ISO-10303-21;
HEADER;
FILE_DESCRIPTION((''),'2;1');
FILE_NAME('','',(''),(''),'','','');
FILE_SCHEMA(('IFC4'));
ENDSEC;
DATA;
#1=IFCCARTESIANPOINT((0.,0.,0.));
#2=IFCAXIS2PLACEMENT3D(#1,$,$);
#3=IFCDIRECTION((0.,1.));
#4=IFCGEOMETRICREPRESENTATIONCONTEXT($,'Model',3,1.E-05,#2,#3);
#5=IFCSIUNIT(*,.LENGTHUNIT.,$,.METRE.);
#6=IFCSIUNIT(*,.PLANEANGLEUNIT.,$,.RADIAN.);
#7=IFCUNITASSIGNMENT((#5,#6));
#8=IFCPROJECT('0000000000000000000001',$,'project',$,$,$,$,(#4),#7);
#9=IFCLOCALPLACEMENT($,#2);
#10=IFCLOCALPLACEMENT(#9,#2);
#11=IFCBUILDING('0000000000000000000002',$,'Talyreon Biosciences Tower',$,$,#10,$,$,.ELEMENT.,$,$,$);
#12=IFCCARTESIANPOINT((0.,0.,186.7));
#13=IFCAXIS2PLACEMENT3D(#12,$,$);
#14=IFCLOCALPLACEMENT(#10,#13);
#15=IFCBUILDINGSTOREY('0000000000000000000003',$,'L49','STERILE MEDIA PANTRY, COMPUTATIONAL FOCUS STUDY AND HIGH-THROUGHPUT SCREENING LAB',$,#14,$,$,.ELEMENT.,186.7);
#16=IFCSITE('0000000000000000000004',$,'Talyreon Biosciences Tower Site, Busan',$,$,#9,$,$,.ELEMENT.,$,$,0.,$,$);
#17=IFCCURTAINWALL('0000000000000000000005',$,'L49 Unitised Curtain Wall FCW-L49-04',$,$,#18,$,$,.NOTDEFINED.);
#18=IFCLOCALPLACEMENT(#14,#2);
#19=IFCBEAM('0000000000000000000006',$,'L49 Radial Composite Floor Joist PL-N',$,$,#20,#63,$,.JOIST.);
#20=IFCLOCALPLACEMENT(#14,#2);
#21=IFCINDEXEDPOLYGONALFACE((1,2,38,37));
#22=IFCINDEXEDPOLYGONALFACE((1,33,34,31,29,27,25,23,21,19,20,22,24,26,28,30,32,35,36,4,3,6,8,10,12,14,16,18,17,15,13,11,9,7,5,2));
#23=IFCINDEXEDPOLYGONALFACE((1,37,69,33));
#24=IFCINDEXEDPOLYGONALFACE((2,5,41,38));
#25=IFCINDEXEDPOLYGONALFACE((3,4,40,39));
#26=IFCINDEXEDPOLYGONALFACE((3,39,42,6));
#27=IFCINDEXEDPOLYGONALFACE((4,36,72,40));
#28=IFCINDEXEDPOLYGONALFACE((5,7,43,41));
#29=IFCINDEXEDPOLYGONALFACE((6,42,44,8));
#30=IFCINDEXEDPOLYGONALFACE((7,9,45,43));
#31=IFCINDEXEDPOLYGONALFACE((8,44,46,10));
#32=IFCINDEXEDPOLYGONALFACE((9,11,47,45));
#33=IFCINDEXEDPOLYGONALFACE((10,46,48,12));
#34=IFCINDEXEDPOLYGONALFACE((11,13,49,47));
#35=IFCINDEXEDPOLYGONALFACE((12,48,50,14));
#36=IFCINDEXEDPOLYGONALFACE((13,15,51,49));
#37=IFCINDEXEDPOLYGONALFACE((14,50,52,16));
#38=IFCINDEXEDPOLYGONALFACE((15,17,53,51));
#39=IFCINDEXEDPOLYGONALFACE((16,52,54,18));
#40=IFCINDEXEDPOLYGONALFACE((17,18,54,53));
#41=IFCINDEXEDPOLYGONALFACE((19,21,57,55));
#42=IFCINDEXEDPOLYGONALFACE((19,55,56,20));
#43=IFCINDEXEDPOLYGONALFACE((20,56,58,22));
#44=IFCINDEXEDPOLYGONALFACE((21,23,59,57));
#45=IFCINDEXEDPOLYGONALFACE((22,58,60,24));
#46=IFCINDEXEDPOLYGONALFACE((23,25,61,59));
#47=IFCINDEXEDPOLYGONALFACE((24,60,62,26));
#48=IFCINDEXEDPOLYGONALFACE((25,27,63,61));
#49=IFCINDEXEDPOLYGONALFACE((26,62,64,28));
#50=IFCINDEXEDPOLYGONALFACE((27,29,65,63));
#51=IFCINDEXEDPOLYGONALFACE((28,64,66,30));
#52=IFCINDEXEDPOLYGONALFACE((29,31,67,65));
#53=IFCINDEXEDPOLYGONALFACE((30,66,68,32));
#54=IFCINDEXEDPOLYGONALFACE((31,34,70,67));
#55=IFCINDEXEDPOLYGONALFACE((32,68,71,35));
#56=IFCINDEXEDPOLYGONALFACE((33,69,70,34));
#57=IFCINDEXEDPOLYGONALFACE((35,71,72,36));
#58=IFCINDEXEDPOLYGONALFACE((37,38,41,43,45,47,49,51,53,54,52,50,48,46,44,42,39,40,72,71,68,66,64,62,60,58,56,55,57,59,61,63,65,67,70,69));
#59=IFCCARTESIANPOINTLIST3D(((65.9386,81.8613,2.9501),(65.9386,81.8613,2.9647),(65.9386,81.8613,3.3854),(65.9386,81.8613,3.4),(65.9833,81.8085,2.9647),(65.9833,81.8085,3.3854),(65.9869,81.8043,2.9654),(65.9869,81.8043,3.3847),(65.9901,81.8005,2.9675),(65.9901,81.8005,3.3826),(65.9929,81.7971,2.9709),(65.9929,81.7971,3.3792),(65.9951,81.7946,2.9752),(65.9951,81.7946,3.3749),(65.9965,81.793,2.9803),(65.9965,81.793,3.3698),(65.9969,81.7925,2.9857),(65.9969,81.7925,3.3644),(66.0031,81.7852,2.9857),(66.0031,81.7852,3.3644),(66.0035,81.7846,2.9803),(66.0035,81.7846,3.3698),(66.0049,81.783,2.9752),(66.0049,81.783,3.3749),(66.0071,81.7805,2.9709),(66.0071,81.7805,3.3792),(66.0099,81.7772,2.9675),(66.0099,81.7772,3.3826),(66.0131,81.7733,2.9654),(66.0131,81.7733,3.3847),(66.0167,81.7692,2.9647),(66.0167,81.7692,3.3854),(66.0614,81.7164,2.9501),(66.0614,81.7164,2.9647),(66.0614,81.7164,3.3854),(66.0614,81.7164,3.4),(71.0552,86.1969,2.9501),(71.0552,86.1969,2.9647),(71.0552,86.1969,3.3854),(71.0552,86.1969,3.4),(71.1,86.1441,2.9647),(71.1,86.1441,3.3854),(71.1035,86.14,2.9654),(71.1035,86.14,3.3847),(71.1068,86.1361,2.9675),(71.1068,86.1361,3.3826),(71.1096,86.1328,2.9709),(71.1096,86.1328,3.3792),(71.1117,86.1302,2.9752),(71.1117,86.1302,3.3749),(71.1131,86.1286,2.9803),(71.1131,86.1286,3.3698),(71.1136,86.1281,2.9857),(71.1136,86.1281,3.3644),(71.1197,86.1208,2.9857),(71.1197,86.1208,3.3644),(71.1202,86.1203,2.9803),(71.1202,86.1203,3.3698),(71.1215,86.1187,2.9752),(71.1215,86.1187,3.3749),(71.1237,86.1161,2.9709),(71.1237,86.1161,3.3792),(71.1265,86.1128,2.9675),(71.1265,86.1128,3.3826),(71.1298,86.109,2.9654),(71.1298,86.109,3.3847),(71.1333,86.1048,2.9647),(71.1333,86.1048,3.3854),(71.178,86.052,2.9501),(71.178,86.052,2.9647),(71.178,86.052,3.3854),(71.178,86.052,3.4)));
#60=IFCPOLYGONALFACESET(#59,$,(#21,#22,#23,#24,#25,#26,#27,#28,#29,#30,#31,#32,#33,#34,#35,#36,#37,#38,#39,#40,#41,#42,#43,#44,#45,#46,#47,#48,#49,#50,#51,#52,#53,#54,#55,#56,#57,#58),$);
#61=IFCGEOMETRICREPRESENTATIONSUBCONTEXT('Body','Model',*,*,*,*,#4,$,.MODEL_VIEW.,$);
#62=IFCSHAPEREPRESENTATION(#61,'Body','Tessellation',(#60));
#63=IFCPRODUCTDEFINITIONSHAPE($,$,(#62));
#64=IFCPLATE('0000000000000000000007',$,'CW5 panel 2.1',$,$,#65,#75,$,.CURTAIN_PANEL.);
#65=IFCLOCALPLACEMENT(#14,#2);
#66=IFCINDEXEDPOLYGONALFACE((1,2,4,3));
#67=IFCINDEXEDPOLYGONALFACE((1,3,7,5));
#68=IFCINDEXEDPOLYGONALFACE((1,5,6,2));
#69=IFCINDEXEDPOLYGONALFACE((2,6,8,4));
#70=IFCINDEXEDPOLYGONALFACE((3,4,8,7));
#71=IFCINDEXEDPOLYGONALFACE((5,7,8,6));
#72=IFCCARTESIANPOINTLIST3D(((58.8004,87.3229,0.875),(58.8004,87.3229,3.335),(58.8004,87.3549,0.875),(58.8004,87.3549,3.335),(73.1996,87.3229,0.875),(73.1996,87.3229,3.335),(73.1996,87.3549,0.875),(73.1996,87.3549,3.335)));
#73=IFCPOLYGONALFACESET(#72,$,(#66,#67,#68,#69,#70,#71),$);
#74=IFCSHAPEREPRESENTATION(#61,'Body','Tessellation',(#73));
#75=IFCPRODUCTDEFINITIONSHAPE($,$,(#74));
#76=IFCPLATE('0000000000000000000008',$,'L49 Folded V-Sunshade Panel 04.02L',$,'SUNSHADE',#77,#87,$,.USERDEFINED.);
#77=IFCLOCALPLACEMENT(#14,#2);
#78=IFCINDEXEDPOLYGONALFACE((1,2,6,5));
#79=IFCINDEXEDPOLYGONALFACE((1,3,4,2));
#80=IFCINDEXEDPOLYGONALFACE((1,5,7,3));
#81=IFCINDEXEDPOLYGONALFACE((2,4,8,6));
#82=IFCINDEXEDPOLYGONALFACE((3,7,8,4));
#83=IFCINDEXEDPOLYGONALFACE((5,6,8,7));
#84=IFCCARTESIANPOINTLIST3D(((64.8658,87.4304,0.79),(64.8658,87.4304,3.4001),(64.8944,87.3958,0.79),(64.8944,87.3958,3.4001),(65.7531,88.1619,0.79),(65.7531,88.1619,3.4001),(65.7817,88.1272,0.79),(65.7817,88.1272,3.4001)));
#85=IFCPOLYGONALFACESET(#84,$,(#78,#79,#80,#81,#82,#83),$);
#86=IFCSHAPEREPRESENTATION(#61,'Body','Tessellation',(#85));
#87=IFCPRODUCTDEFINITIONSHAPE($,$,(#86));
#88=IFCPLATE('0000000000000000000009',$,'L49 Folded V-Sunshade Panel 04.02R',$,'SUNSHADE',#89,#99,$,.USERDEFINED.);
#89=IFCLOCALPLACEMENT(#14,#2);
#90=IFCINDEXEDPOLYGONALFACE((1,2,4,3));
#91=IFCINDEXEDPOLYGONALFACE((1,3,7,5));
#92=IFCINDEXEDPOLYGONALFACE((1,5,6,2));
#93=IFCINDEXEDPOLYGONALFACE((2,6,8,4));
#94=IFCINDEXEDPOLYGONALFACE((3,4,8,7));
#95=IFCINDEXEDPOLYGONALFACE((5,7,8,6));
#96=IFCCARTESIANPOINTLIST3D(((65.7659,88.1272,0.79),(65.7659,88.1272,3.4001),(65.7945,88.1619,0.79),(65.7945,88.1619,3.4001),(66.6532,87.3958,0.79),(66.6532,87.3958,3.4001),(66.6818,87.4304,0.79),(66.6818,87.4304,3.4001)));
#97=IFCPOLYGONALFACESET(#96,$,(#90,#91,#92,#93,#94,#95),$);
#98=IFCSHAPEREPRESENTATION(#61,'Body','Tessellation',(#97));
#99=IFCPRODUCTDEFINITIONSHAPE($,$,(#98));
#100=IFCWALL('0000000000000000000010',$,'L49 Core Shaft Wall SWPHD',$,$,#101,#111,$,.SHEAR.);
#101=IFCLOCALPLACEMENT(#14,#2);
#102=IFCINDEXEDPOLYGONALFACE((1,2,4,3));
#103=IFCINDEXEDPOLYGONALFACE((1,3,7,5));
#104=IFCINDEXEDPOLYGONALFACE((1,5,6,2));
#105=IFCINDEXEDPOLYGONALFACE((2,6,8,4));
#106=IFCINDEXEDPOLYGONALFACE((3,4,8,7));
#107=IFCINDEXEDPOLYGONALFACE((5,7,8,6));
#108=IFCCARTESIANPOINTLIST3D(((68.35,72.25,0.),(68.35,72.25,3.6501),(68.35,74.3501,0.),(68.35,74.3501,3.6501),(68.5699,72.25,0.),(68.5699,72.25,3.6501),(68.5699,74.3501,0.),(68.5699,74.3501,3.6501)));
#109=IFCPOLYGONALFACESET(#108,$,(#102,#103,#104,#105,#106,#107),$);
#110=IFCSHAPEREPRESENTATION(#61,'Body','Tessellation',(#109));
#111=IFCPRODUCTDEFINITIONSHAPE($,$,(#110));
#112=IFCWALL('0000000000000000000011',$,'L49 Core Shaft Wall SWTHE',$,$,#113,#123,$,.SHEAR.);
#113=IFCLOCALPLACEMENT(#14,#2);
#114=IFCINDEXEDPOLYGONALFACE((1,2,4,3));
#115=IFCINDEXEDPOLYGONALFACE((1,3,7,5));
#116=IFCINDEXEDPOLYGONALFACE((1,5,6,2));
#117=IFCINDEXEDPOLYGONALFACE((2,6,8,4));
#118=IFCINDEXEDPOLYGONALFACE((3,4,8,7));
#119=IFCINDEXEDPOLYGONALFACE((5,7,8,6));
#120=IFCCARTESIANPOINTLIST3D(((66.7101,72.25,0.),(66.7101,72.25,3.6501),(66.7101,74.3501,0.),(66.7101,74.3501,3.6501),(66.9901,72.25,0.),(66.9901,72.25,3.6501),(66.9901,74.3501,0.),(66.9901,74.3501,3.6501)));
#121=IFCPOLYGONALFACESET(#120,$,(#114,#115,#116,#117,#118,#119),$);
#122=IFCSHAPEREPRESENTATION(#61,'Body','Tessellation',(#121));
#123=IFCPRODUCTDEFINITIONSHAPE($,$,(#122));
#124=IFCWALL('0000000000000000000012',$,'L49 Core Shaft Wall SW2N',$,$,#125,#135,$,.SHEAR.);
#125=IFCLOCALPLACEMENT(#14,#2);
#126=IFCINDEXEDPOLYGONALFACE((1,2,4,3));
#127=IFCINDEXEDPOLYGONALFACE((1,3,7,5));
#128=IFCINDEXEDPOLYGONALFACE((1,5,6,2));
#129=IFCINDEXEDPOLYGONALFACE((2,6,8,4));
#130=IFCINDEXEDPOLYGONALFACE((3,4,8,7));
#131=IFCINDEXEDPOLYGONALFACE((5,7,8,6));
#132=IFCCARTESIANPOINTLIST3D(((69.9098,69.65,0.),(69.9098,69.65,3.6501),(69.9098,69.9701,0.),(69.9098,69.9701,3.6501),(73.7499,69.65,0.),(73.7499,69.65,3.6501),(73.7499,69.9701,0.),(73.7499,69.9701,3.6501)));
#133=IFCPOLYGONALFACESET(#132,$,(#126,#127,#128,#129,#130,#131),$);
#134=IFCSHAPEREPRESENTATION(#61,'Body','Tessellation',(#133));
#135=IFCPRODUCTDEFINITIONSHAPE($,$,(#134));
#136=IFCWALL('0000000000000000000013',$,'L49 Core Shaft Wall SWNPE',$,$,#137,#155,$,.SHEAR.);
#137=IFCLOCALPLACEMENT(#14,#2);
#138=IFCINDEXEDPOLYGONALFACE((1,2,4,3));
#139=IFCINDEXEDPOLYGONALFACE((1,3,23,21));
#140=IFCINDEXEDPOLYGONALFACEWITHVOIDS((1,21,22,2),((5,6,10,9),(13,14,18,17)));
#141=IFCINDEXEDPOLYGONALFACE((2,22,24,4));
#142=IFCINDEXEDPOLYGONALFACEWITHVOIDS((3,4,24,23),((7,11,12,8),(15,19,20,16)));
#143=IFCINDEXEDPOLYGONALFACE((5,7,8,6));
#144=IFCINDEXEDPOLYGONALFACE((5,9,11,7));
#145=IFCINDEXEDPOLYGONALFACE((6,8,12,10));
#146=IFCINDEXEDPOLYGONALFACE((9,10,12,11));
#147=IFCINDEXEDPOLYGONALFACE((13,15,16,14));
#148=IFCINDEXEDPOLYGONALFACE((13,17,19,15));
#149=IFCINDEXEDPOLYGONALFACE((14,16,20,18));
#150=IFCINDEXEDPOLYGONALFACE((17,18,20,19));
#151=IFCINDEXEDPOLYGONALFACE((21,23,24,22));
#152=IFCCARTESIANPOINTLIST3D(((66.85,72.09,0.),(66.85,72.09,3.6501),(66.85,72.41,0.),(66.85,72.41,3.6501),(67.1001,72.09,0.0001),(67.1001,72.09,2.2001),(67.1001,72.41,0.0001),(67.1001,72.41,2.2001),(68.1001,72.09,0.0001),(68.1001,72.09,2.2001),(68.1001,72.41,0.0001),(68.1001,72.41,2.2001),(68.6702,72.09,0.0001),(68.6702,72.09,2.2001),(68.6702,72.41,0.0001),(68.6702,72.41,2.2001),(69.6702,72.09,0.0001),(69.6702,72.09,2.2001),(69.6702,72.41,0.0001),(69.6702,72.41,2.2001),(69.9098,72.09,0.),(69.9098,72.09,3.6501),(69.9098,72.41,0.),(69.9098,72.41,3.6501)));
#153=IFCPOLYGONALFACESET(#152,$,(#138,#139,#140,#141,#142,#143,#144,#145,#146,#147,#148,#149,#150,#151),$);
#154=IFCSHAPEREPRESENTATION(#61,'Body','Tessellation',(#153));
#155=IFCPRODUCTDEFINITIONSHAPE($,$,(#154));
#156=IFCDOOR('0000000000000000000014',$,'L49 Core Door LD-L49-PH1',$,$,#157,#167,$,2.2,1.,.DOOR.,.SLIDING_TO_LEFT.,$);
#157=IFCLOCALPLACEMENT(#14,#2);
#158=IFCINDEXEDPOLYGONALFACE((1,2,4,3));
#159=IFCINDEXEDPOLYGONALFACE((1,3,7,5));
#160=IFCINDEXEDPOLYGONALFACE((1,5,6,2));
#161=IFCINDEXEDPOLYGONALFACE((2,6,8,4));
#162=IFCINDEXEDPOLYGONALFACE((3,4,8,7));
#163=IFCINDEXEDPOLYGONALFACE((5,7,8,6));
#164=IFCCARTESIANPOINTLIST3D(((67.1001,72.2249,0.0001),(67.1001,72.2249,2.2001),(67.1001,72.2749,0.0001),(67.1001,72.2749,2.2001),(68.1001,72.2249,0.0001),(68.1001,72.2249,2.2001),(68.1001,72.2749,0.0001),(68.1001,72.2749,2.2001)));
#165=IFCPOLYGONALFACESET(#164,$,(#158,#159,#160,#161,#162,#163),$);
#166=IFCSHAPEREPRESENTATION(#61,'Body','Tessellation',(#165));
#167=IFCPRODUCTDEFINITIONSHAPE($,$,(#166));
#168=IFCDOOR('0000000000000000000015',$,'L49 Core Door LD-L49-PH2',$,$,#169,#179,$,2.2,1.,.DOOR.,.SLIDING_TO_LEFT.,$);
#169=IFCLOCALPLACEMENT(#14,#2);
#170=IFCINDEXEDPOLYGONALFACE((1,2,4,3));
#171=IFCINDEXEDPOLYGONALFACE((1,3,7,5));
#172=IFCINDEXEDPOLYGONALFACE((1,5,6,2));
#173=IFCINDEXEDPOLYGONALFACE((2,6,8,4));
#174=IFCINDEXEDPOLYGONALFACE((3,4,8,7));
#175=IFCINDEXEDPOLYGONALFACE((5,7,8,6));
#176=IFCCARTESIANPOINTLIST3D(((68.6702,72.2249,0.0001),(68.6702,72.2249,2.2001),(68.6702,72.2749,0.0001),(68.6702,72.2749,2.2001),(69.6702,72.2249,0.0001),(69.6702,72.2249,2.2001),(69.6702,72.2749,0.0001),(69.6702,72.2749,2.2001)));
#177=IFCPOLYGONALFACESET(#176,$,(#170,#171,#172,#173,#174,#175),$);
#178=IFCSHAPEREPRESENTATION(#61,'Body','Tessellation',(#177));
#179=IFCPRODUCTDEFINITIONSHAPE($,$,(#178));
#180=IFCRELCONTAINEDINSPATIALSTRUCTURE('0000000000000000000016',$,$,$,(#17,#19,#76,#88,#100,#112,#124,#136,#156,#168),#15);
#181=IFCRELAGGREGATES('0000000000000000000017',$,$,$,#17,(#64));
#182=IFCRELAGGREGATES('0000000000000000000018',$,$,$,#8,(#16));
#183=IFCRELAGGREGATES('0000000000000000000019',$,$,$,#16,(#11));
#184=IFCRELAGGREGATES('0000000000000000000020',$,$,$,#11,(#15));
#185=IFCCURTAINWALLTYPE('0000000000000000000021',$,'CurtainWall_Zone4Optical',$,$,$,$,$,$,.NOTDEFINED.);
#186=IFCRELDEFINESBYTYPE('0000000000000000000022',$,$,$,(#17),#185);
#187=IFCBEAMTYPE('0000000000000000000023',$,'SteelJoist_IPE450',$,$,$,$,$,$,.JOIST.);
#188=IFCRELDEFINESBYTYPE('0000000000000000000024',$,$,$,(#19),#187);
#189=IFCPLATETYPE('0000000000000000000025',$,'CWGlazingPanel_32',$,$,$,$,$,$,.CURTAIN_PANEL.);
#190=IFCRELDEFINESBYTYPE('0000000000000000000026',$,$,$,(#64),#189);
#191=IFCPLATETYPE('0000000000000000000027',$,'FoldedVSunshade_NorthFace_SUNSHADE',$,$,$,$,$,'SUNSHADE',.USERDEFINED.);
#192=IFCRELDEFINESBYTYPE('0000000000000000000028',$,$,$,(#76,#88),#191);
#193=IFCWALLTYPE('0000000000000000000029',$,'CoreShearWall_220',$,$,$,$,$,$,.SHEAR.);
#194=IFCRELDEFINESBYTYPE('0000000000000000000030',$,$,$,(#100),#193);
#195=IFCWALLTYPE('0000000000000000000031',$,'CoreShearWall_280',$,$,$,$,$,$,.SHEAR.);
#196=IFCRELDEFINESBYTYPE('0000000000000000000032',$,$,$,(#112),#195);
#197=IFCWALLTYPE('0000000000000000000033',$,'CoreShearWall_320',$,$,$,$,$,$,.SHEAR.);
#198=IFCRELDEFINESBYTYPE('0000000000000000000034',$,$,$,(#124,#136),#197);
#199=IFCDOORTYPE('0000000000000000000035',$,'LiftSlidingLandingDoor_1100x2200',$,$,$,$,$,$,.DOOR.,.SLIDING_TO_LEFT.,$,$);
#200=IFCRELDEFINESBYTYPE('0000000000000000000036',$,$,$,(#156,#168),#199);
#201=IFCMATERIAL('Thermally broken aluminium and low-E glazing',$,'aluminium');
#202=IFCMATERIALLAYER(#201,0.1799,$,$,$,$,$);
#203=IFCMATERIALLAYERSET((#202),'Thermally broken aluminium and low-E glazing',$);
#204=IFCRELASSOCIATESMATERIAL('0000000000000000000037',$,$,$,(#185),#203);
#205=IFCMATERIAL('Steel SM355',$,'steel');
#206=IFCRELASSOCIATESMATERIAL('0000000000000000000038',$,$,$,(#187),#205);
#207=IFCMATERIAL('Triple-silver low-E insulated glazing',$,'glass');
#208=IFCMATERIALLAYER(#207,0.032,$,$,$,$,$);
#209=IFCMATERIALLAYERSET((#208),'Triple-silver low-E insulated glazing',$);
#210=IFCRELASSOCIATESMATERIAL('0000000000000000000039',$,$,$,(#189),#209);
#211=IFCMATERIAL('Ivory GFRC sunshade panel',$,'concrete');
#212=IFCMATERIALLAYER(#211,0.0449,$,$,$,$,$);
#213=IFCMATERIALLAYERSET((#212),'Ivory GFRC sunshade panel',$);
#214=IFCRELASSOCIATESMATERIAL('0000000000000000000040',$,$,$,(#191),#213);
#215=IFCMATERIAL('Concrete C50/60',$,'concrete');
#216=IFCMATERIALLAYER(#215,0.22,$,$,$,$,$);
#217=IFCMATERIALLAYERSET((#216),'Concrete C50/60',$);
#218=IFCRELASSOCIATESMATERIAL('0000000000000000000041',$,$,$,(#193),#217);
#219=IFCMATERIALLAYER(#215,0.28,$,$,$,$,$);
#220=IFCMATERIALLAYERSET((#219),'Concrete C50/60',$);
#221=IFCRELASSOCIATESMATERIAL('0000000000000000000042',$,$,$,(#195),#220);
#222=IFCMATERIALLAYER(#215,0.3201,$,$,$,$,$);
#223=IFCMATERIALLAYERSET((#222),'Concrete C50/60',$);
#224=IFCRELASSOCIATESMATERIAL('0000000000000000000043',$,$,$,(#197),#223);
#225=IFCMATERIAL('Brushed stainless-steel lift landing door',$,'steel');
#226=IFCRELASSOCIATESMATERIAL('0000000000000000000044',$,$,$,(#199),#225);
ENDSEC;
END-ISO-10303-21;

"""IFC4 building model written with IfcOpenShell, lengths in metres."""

from ifc_helpers import new_model, si_unit, direction, frame, frame_2d, origin, origin_2d, place, context, subcontext, project, spatial, rectangle, i_section, extrude, material, layer, layer_set, material_profile, profile_set, type_object, element, fill, aggregate, save


model = new_model("IFC4")

# Units and contexts
model_context = context("Model", 3, precision=1e-05, world=origin(), true_north=direction((0.0, 1.0)))
body_context = subcontext(model_context, "Body", "Model", "MODEL_VIEW")
ifc_project = project(units=[si_unit("LENGTHUNIT", "METRE"), si_unit("PLANEANGLEUNIT", "RADIAN")], contexts=[model_context])

# Site, building, storey
site_placement = place(None, origin())
site = spatial("IfcSite", under=ifc_project, at=site_placement, Name="Talyreon Biosciences Tower Site, Busan", CompositionType="ELEMENT", RefElevation=0.0)
building_placement = place(site_placement, origin())
building = spatial("IfcBuilding", under=site, at=building_placement, Name="Talyreon Biosciences Tower", CompositionType="ELEMENT")
storey_placement = place(building_placement, frame((0.0, 0.0, 186.7)))
storey = spatial("IfcBuildingStorey", under=building, at=storey_placement, Name="L49", Description="STERILE MEDIA PANTRY, COMPUTATIONAL FOCUS STUDY AND HIGH-THROUGHPUT SCREENING LAB", CompositionType="ELEMENT", Elevation=186.7)

# Shared definitions
ifc_material_1 = material(Name="Concrete C50/60", Category="concrete")

# Curtain wall
ifc_material_2 = material(Name="Thermally broken aluminium and low-E glazing", Category="aluminium")
ifc_layer_1 = layer(ifc_material_2, 0.1799)
ifc_layer_set_1 = layer_set([ifc_layer_1], Name="Thermally broken aluminium and low-E glazing")
curtain_wall_type = type_object("IfcCurtainWallType", Name="CurtainWall_Zone4Optical", PredefinedType="NOTDEFINED", material=ifc_layer_set_1)
curtain_wall_placement = place(storey_placement, origin())
curtain_wall = element("IfcCurtainWall", 1, at=curtain_wall_placement, inside=storey, type_object=curtain_wall_type, Name="L49 Unitised Curtain Wall FCW-L49-04", PredefinedType="NOTDEFINED")

# Beam
ifc_material_3 = material(Name="Steel SM355", Category="steel")
ifc_material_profile_1 = material_profile(ifc_material_3, i_section(OverallWidth=0.1899, OverallDepth=0.45, WebThickness=0.0095, FlangeThickness=0.0146, FilletRadius=0.021, at=origin_2d()), Name="IPE450")
ifc_profile_set_1 = profile_set([ifc_material_profile_1], Name="Steel SM355")
beam_type_1 = type_object("IfcBeamType", Name="SteelJoist_IPE450", PredefinedType="JOIST", material=ifc_profile_set_1)
beam_1_placement = place(storey_placement, frame((66.0, 81.7888, 3.175), z_axis=(0.762932, 0.646479, 0.0), x_axis=(-0.646479, 0.762932, 0.0)))
element("IfcBeam", 2, at=beam_1_placement, inside=storey, type_object=beam_type_1, Name="L49 Radial Composite Floor Joist PL-N", PredefinedType="JOIST", context=body_context, shape_type="SweptSolid", body=[
    extrude(i_section(OverallWidth=0.1899, OverallDepth=0.45, WebThickness=0.0095, FlangeThickness=0.0146, FilletRadius=0.021, at=origin_2d()), origin(), (0.0, 0.0, 1.0), 6.7065),
])

# Plate
ifc_material_4 = material(Name="Triple-silver low-E insulated glazing", Category="glass")
ifc_layer_2 = layer(ifc_material_4, 0.032)
ifc_layer_set_2 = layer_set([ifc_layer_2], Name="Triple-silver low-E insulated glazing")
plate_type_1 = type_object("IfcPlateType", Name="CWGlazingPanel_32", PredefinedType="CURTAIN_PANEL", material=ifc_layer_set_2)
plate_placement = place(storey_placement, frame((66.0, 87.3389, 0.875), z_axis=(0.0, 0.0, 1.0), x_axis=(1.0, 0.0, 0.0)))
plate = element("IfcPlate", 3, at=plate_placement, type_object=plate_type_1, Name="CW5 panel 2.1", PredefinedType="CURTAIN_PANEL", context=body_context, shape_type="SweptSolid", body=[
    extrude(rectangle(XDim=14.3992, YDim=0.032, at=origin_2d()), origin(), (0.0, 0.0, 1.0), 2.46),
])
aggregate(curtain_wall, [plate])

# Plates
ifc_material_5 = material(Name="Ivory GFRC sunshade panel", Category="concrete")
ifc_layer_3 = layer(ifc_material_5, 0.0449)
ifc_layer_set_3 = layer_set([ifc_layer_3], Name="Ivory GFRC sunshade panel")
plate_type_2 = type_object("IfcPlateType", Name="FoldedVSunshade_NorthFace_SUNSHADE", ElementType="SUNSHADE", PredefinedType="USERDEFINED", material=ifc_layer_set_3)
for number, where, z_axis, x_axis, name in (
    (4, (65.3237, 87.7788, 0.79), (0.0, 0.0, 1.0), (0.771625, 0.636078, 0.0), "L49 Folded V-Sunshade Panel 04.02L"),
    (5, (66.2239, 87.7788, 0.79), (0.0, 0.0, 1.0), (0.771625, -0.636078, 0.0), "L49 Folded V-Sunshade Panel 04.02R"),
):
    element("IfcPlate", number, at=place(storey_placement, frame(where, z_axis=z_axis, x_axis=x_axis)), inside=storey, type_object=plate_type_2, Name=name, ObjectType="SUNSHADE", PredefinedType="USERDEFINED", context=body_context, shape_type="SweptSolid", body=[
        extrude(rectangle(XDim=1.1499, YDim=0.0449, at=origin_2d()), origin(), (0.0, 0.0, 1.0), 2.6101),
    ])

# Walls
ifc_layer_4 = layer(ifc_material_1, 0.22)
ifc_layer_set_4 = layer_set([ifc_layer_4], Name="Concrete C50/60")
wall_type_1 = type_object("IfcWallType", Name="CoreShearWall_220", PredefinedType="SHEAR", material=ifc_layer_set_4)
wall_1_placement = place(storey_placement, frame((68.46, 72.25, 0.0), z_axis=(0.0, 0.0, 1.0), x_axis=(0.0, 1.0, 0.0)))
element("IfcWall", 6, at=wall_1_placement, inside=storey, type_object=wall_type_1, Name="L49 Core Shaft Wall SWPHD", PredefinedType="SHEAR", context=body_context, shape_type="SweptSolid", body=[
    extrude(rectangle(XDim=2.1001, YDim=0.22, at=frame_2d((1.05, 0.0))), origin(), (0.0, 0.0, 1.0), 3.6501),
])
ifc_layer_5 = layer(ifc_material_1, 0.28)
ifc_layer_set_5 = layer_set([ifc_layer_5], Name="Concrete C50/60")
wall_type_2 = type_object("IfcWallType", Name="CoreShearWall_280", PredefinedType="SHEAR", material=ifc_layer_set_5)
wall_2_placement = place(storey_placement, frame((66.8501, 72.25, 0.0), z_axis=(0.0, 0.0, 1.0), x_axis=(0.0, 1.0, 0.0)))
element("IfcWall", 7, at=wall_2_placement, inside=storey, type_object=wall_type_2, Name="L49 Core Shaft Wall SWTHE", PredefinedType="SHEAR", context=body_context, shape_type="SweptSolid", body=[
    extrude(rectangle(XDim=2.1001, YDim=0.28, at=frame_2d((1.05, 0.0))), origin(), (0.0, 0.0, 1.0), 3.6501),
])
ifc_layer_6 = layer(ifc_material_1, 0.3201)
ifc_layer_set_6 = layer_set([ifc_layer_6], Name="Concrete C50/60")
wall_type_3 = type_object("IfcWallType", Name="CoreShearWall_320", PredefinedType="SHEAR", material=ifc_layer_set_6)
wall_3_placement = place(storey_placement, frame((69.9099, 69.8101, 0.0), z_axis=(0.0, 0.0, 1.0), x_axis=(1.0, 0.0, 0.0)))
element("IfcWall", 8, at=wall_3_placement, inside=storey, type_object=wall_type_3, Name="L49 Core Shaft Wall SW2N", PredefinedType="SHEAR", context=body_context, shape_type="SweptSolid", body=[
    extrude(rectangle(XDim=3.8401, YDim=0.3201, at=frame_2d((1.9199, 0.0))), origin(), (0.0, 0.0, 1.0), 3.6501),
])

# Wall, openings, doors
wall_4_placement = place(storey_placement, frame((66.8501, 72.25, 0.0), z_axis=(0.0, 0.0, 1.0), x_axis=(1.0, 0.0, 0.0)))
wall_4 = element("IfcWall", 9, at=wall_4_placement, inside=storey, type_object=wall_type_3, Name="L49 Core Shaft Wall SWNPE", PredefinedType="SHEAR", context=body_context, shape_type="SweptSolid", body=[
    extrude(rectangle(XDim=3.0598, YDim=0.3201, at=frame_2d((1.5298, 0.0))), origin(), (0.0, 0.0, 1.0), 3.6501),
])
opening_1_placement = place(wall_4_placement, frame((0.25, 0.0, 0.0)))
opening_1 = element("IfcOpeningElement", 10, at=opening_1_placement, cuts=wall_4, PredefinedType="OPENING", context=body_context, shape_type="SweptSolid", body=[
    extrude(rectangle(XDim=1.0, YDim=2.2, at=frame_2d((0.5, 1.1001))), frame((0.0, 0.1699, 0.0), z_axis=(0.0, -1.0, 0.0), x_axis=(1.0, 0.0, 0.0)), (0.0, 0.0, 1.0), 0.3401),
])
opening_2_placement = place(wall_4_placement, frame((1.8201, 0.0, 0.0)))
opening_2 = element("IfcOpeningElement", 11, at=opening_2_placement, cuts=wall_4, PredefinedType="OPENING", context=body_context, shape_type="SweptSolid", body=[
    extrude(rectangle(XDim=1.0, YDim=2.2, at=frame_2d((0.5, 1.1001))), frame((0.0, 0.1699, 0.0), z_axis=(0.0, -1.0, 0.0), x_axis=(1.0, 0.0, 0.0)), (0.0, 0.0, 1.0), 0.3401),
])
ifc_material_6 = material(Name="Brushed stainless-steel lift landing door", Category="steel")
door_type = type_object("IfcDoorType", Name="LiftSlidingLandingDoor_1100x2200", OperationType="SLIDING_TO_LEFT", PredefinedType="DOOR", material=ifc_material_6)
door_1_placement = place(opening_1_placement, origin())
door_1 = element("IfcDoor", 12, at=door_1_placement, inside=storey, type_object=door_type, Name="L49 Core Door LD-L49-PH1", OperationType="SLIDING_TO_LEFT", OverallHeight=2.2, OverallWidth=1.0, PredefinedType="DOOR", context=body_context, shape_type="SweptSolid", body=[
    extrude(rectangle(XDim=1.0, YDim=2.2, at=frame_2d((0.5, 1.1001))), frame((0.0, 0.0249, 0.0), z_axis=(0.0, -1.0, 0.0), x_axis=(1.0, 0.0, 0.0)), (0.0, 0.0, 1.0), 0.05),
])
fill(opening_1, door_1)
door_2_placement = place(opening_2_placement, origin())
door_2 = element("IfcDoor", 13, at=door_2_placement, inside=storey, type_object=door_type, Name="L49 Core Door LD-L49-PH2", OperationType="SLIDING_TO_LEFT", OverallHeight=2.2, OverallWidth=1.0, PredefinedType="DOOR", context=body_context, shape_type="SweptSolid", body=[
    extrude(rectangle(XDim=1.0, YDim=2.2, at=frame_2d((0.5, 1.1001))), frame((0.0, 0.0249, 0.0), z_axis=(0.0, -1.0, 0.0), x_axis=(1.0, 0.0, 0.0)), (0.0, 0.0, 1.0), 0.05),
])
fill(opening_2, door_2)

save(model, "model.ifc")
